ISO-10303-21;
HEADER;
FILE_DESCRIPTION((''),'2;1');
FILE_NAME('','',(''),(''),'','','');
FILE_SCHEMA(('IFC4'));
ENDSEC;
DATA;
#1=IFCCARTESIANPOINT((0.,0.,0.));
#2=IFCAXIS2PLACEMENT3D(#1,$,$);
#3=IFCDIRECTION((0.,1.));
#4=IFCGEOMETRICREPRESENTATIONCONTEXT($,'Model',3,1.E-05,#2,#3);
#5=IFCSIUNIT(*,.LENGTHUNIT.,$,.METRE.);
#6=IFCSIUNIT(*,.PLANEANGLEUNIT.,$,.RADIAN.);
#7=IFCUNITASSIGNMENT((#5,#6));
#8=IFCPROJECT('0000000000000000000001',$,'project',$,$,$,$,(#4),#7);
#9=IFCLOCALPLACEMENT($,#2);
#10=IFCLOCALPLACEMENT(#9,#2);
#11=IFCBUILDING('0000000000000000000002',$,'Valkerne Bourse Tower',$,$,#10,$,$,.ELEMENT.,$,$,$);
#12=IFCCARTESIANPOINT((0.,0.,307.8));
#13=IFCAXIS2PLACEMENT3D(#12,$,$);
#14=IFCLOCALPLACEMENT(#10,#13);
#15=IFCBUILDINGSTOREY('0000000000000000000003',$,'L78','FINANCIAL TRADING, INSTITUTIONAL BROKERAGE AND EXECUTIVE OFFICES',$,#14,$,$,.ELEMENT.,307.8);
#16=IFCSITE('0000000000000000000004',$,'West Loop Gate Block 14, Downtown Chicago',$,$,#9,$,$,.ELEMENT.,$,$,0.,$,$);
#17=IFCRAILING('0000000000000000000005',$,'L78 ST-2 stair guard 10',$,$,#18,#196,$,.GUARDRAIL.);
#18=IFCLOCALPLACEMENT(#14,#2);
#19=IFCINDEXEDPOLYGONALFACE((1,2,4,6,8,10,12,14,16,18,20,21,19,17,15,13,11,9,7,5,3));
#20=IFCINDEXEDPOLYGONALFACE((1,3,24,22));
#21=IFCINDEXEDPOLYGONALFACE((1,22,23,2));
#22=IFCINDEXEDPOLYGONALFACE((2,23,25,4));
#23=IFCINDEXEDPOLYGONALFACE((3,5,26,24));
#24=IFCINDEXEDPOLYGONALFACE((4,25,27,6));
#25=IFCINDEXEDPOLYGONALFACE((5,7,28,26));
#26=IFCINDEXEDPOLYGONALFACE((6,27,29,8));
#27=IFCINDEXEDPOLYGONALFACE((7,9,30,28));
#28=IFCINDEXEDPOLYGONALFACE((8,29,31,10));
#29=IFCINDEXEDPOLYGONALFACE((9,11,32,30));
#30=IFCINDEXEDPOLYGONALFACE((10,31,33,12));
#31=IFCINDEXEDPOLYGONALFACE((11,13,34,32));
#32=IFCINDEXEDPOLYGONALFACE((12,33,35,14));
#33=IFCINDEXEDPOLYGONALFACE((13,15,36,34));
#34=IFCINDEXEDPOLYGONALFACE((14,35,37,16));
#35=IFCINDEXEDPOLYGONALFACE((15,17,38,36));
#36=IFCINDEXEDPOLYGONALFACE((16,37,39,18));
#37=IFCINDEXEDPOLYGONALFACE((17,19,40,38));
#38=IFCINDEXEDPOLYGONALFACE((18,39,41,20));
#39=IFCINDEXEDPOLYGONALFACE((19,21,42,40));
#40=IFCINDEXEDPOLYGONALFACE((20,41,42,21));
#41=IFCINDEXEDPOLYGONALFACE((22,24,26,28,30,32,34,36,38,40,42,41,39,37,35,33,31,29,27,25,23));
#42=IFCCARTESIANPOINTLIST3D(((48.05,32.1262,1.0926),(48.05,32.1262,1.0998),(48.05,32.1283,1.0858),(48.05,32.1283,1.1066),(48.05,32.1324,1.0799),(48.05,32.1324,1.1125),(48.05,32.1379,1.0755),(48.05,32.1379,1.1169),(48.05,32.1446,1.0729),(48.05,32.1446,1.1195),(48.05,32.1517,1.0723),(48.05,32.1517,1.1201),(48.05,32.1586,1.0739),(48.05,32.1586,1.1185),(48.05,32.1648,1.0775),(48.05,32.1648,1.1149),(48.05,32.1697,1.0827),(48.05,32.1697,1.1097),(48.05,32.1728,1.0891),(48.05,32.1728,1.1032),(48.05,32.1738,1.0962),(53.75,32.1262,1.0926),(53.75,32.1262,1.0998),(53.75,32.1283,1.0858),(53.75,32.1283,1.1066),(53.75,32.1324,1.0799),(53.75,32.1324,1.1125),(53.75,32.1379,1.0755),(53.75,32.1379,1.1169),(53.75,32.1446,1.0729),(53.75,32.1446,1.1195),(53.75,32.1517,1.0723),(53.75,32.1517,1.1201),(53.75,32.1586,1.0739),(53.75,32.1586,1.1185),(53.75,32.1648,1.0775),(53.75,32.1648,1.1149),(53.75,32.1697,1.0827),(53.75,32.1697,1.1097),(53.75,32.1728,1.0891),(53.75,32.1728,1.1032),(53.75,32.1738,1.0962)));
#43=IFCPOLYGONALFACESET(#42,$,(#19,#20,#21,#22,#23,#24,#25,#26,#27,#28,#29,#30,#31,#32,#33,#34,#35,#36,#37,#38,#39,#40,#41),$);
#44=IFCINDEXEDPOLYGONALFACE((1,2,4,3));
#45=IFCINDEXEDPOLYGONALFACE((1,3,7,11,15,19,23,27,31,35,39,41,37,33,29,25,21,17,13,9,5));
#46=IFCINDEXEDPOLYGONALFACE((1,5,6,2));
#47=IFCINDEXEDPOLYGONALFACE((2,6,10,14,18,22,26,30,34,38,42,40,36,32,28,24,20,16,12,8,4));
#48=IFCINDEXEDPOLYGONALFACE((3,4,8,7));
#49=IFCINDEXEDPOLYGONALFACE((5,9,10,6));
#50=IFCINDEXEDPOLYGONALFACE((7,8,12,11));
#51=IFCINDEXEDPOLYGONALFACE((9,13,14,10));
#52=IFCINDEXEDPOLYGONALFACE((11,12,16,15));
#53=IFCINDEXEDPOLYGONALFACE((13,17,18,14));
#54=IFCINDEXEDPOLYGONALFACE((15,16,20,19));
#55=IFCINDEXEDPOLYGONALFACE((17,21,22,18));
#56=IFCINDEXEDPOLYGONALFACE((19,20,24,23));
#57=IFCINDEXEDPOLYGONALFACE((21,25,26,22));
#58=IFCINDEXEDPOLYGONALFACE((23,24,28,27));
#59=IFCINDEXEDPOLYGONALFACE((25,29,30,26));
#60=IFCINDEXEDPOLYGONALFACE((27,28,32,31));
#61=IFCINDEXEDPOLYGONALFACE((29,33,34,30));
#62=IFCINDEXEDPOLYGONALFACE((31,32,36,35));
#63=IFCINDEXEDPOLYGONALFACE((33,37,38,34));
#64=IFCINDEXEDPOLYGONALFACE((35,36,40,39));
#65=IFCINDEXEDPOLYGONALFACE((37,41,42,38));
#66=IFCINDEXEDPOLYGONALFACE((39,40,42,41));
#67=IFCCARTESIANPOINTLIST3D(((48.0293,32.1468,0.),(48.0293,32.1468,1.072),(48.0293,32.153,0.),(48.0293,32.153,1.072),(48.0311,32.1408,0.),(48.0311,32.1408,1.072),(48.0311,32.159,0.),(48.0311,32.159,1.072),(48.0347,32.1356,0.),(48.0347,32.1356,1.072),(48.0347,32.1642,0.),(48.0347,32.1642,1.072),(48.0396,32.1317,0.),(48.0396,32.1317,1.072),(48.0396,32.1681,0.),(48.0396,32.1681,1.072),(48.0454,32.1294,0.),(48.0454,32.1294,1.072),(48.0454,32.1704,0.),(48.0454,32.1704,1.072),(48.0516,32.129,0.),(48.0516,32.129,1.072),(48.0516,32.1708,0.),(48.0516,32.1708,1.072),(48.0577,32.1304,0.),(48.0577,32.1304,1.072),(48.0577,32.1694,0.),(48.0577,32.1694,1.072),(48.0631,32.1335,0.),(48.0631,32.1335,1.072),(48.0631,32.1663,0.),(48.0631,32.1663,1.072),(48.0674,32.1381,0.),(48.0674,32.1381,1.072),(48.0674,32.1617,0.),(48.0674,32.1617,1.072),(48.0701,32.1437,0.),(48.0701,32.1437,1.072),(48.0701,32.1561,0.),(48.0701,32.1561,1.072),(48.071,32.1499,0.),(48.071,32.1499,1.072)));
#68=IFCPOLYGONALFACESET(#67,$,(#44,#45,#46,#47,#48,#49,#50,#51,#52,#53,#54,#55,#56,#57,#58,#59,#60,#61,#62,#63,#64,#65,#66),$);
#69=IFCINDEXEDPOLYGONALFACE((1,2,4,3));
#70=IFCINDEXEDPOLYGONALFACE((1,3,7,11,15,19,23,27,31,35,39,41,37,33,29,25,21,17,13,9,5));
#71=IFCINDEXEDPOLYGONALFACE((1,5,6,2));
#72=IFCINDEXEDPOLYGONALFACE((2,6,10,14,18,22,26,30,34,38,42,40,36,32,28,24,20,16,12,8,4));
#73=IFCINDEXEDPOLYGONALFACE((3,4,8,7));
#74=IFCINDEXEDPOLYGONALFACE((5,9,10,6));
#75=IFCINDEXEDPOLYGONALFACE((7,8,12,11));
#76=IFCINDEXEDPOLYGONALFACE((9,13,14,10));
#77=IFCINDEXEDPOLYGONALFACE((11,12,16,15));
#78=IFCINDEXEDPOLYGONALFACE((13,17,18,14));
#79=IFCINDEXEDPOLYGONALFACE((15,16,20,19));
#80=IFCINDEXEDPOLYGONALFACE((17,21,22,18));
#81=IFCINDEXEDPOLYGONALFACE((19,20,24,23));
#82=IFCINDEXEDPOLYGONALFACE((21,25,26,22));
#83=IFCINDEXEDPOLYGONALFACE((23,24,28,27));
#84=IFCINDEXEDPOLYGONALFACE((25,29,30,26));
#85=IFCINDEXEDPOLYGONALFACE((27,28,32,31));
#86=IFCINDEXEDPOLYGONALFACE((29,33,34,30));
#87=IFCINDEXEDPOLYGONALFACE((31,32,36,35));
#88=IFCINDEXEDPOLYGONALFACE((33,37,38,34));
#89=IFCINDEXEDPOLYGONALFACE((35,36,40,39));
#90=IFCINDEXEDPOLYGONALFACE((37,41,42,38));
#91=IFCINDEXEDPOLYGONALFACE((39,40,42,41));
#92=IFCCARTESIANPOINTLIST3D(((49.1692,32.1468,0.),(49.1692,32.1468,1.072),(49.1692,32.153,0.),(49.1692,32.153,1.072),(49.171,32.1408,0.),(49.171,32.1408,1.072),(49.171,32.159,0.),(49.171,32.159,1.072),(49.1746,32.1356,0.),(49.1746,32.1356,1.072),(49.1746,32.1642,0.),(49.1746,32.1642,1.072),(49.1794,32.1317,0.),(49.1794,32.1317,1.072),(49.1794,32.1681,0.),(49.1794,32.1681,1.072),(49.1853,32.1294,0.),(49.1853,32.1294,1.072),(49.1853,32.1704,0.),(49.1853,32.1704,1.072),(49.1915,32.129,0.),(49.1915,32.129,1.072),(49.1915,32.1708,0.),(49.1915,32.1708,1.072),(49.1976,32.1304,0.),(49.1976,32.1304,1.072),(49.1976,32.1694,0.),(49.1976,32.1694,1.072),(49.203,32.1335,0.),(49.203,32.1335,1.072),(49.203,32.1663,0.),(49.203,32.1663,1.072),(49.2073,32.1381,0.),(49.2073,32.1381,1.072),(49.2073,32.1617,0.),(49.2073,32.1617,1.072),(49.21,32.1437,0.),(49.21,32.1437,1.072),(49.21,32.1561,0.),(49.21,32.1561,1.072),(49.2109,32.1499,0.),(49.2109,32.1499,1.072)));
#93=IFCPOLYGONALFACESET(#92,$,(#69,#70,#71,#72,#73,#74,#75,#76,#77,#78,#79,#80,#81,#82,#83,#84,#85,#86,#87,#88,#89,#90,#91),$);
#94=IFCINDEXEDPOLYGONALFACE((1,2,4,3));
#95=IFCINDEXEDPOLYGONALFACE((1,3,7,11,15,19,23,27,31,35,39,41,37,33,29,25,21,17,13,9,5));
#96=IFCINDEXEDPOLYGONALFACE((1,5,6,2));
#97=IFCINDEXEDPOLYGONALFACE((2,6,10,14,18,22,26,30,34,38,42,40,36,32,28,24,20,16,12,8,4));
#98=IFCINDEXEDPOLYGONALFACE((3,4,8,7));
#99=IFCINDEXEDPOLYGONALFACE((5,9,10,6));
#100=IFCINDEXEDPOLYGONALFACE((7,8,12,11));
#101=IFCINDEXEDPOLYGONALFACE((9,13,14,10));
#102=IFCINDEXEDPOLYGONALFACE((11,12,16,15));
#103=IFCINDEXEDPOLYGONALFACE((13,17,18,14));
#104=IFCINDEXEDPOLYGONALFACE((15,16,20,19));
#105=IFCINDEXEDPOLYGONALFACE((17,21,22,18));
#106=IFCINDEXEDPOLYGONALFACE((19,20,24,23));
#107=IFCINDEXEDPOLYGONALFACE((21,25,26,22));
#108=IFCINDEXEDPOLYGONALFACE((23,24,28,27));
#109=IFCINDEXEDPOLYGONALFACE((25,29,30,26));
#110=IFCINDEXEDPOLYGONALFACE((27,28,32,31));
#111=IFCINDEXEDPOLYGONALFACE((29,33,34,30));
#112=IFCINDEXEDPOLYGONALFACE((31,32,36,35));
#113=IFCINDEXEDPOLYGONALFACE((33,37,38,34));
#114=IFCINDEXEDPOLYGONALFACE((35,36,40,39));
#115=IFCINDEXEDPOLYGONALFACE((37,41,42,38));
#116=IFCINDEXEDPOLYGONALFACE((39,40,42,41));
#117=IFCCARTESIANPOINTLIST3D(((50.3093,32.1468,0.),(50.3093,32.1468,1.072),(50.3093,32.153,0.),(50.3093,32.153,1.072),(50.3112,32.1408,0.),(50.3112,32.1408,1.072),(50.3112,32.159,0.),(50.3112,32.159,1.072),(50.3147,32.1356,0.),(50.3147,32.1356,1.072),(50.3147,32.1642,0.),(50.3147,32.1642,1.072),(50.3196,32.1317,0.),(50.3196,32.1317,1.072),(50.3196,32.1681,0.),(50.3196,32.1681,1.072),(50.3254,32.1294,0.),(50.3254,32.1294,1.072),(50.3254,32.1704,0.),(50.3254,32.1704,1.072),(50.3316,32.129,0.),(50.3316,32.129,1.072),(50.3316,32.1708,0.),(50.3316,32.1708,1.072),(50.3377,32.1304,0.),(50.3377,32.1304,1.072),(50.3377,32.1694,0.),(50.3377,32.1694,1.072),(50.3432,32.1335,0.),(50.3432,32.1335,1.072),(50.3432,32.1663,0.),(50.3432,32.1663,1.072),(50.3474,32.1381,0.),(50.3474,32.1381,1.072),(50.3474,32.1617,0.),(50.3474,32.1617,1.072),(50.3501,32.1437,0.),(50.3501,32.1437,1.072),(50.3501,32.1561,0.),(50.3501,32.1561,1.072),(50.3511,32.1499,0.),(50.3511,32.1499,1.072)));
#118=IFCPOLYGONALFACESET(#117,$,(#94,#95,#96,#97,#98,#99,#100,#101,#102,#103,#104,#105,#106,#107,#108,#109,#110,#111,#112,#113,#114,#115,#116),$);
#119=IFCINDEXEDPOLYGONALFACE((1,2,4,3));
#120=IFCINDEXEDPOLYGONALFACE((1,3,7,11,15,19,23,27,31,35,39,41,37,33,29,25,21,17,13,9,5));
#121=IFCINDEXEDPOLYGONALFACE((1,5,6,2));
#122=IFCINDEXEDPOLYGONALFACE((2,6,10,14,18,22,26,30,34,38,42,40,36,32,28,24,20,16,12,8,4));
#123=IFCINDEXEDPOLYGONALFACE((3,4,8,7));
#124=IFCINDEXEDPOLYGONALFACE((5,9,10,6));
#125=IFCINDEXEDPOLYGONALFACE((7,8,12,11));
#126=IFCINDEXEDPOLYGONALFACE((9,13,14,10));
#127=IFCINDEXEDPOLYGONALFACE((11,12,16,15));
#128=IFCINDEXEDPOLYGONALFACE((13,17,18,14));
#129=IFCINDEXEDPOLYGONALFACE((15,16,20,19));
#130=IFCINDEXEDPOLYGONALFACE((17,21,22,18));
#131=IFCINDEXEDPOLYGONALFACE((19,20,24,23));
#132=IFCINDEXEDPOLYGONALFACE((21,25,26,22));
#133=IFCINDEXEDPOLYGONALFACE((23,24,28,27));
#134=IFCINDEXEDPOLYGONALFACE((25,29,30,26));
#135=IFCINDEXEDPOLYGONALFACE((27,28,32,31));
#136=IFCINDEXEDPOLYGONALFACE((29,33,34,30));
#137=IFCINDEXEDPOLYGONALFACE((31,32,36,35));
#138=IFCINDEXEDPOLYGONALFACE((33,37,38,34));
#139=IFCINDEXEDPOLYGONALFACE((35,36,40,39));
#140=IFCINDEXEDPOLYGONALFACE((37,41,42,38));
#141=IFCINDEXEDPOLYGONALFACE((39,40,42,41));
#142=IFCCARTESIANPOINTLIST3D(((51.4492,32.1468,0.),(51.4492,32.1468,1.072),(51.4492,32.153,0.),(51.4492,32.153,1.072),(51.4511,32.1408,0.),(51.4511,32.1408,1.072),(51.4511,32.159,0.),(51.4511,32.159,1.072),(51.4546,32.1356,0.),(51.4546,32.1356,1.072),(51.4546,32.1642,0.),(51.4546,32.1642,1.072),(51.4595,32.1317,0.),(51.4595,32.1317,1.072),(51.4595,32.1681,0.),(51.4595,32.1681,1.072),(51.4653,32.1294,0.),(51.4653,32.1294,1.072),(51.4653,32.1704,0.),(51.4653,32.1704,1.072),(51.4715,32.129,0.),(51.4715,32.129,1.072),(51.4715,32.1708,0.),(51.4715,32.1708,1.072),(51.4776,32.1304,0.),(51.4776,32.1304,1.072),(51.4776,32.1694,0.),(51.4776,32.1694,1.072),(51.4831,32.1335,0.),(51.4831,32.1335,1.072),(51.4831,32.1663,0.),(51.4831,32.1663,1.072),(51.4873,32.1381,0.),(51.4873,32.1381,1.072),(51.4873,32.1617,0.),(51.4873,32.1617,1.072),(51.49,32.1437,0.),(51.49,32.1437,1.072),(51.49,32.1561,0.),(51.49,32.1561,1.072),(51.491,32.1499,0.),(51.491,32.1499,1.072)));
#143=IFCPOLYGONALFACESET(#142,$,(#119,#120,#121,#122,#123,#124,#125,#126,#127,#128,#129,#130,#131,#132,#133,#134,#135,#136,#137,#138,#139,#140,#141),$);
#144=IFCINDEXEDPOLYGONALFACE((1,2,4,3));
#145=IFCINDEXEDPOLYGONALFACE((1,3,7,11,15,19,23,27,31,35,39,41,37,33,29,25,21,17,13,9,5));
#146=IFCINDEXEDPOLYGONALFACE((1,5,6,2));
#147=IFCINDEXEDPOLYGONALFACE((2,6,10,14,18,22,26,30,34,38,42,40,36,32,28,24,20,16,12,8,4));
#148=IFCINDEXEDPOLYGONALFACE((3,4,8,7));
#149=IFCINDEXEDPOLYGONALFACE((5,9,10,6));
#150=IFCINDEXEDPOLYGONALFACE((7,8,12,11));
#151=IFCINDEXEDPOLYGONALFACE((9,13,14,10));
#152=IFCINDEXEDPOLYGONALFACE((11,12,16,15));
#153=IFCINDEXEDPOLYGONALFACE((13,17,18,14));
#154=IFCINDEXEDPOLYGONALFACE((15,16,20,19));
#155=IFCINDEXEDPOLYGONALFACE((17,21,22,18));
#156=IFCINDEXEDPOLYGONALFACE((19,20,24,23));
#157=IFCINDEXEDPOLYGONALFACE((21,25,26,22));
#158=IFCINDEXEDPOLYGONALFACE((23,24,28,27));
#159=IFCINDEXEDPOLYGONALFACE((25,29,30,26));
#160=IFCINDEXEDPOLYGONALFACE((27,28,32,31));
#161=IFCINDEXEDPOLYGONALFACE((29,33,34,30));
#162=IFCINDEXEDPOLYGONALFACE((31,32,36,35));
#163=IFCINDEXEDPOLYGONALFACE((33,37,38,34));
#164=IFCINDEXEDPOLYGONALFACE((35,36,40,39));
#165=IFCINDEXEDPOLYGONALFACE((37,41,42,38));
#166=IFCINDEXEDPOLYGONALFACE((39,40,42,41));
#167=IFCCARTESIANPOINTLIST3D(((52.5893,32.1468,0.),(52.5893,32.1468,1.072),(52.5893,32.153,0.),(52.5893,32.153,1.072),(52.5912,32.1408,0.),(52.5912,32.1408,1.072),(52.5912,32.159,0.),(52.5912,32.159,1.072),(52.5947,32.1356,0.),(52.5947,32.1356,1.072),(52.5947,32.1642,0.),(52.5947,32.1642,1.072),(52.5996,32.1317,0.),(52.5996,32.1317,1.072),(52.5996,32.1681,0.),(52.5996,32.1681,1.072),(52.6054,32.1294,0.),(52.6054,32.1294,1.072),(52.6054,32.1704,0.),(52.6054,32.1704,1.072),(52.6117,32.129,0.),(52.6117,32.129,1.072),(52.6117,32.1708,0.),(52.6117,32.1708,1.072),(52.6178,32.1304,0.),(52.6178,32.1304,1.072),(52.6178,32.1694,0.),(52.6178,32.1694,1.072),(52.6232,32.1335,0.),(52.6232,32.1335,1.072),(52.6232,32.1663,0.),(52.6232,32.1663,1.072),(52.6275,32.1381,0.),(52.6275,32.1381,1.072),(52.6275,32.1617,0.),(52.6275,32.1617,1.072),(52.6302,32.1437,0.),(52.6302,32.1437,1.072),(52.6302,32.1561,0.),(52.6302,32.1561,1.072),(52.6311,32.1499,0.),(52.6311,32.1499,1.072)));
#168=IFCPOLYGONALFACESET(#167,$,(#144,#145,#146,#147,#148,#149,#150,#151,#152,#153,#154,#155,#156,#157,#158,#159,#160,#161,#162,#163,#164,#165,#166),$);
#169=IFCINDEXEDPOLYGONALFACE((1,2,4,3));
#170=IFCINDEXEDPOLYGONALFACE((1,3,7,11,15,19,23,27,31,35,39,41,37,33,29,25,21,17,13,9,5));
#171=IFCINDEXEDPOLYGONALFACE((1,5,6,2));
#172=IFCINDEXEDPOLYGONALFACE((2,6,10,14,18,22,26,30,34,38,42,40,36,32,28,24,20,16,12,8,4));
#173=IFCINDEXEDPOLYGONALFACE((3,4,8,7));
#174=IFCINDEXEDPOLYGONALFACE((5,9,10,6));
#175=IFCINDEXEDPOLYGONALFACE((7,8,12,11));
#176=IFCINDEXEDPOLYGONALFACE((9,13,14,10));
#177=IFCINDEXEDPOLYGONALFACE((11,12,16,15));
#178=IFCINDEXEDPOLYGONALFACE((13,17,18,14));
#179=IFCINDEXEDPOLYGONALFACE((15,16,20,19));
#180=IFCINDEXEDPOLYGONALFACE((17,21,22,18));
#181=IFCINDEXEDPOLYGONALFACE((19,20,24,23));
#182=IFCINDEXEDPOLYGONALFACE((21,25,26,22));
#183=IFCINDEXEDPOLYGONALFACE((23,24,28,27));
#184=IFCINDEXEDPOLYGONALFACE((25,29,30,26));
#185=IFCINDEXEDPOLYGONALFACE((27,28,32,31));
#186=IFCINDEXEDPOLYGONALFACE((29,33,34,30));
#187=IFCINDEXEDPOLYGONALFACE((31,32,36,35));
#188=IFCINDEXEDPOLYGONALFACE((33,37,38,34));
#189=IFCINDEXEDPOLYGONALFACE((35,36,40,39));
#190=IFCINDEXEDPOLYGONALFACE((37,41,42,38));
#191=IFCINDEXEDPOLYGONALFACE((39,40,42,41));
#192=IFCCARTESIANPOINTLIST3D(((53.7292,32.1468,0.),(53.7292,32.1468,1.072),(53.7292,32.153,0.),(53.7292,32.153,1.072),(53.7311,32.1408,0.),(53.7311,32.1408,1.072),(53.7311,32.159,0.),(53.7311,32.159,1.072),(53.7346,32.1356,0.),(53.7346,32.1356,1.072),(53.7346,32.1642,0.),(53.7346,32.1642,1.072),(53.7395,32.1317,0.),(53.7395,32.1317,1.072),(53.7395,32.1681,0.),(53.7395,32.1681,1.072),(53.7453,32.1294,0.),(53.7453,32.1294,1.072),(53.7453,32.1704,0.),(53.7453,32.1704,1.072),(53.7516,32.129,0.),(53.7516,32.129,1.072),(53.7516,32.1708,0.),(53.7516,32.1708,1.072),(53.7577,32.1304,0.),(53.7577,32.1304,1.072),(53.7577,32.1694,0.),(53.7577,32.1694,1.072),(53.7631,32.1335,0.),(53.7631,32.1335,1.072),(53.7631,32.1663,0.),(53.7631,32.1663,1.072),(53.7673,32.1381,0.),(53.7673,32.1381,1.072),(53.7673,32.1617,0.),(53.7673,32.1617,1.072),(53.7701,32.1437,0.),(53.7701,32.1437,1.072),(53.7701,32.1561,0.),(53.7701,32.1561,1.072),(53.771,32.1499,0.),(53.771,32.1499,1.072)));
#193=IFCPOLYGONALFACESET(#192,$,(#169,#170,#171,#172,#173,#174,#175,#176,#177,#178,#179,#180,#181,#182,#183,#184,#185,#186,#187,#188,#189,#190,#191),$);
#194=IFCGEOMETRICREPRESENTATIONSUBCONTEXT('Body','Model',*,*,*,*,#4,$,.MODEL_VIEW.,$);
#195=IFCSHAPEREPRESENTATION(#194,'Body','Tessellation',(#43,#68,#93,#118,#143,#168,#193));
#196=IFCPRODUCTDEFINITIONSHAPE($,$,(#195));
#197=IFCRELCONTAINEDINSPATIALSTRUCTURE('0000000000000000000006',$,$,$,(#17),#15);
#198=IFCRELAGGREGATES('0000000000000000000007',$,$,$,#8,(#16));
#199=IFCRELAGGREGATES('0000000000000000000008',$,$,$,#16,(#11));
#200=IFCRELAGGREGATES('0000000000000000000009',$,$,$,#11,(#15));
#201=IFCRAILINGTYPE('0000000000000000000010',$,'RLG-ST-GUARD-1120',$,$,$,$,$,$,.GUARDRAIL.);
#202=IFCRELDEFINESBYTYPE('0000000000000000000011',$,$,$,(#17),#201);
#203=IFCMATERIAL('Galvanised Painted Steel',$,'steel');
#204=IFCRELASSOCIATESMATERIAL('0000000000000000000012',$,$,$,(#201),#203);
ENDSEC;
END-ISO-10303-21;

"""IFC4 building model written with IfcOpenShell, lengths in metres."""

from ifc_helpers import new_model, si_unit, direction, frame, origin, origin_2d, place, context, subcontext, project, spatial, circle, extrude, material, type_object, element, save


model = new_model("IFC4")

# Units and contexts
model_context = context("Model", 3, precision=1e-05, world=origin(), true_north=direction((0.0, 1.0)))
body_context = subcontext(model_context, "Body", "Model", "MODEL_VIEW")
ifc_project = project(units=[si_unit("LENGTHUNIT", "METRE"), si_unit("PLANEANGLEUNIT", "RADIAN")], contexts=[model_context])

# Site, building, storey
site_placement = place(None, origin())
site = spatial("IfcSite", under=ifc_project, at=site_placement, Name="West Loop Gate Block 14, Downtown Chicago", CompositionType="ELEMENT", RefElevation=0.0)
building_placement = place(site_placement, origin())
building = spatial("IfcBuilding", under=site, at=building_placement, Name="Valkerne Bourse Tower", CompositionType="ELEMENT")
storey_placement = place(building_placement, frame((0.0, 0.0, 307.8)))
storey = spatial("IfcBuildingStorey", under=building, at=storey_placement, Name="L78", Description="FINANCIAL TRADING, INSTITUTIONAL BROKERAGE AND EXECUTIVE OFFICES", CompositionType="ELEMENT", Elevation=307.8)

# Shared definitions
ifc_material_1 = material(Name="Galvanised Painted Steel", Category="steel")

# Railing
railing_type_1 = type_object("IfcRailingType", Name="RLG-ST-GUARD-1120", PredefinedType="GUARDRAIL", material=ifc_material_1)
railing_1_placement = place(storey_placement, frame((48.05, 32.1499, 0.0)))
element("IfcRailing", 1, at=railing_1_placement, inside=storey, type_object=railing_type_1, Name="L78 ST-2 stair guard 10", PredefinedType="GUARDRAIL", context=body_context, shape_type="SweptSolid", body=[
    extrude(circle(Radius=0.0239, at=origin_2d()), frame((0.0, 0.0, 1.0962), z_axis=(1.0, 0.0, 0.0), x_axis=(0.0, 1.0, 0.0)), (0.0, 0.0, 1.0), 5.7),
    extrude(circle(Radius=0.021, at=origin_2d()), origin(), (0.0, 0.0, 1.0), 1.072),
    extrude(circle(Radius=0.021, at=origin_2d()), frame((1.1399, 0.0, 0.0)), (0.0, 0.0, 1.0), 1.072),
    extrude(circle(Radius=0.021, at=origin_2d()), frame((2.28, 0.0, 0.0)), (0.0, 0.0, 1.0), 1.072),
    extrude(circle(Radius=0.021, at=origin_2d()), frame((3.4199, 0.0, 0.0)), (0.0, 0.0, 1.0), 1.072),
    extrude(circle(Radius=0.021, at=origin_2d()), frame((4.5601, 0.0, 0.0)), (0.0, 0.0, 1.0), 1.072),
    extrude(circle(Radius=0.021, at=origin_2d()), frame((5.7, 0.0, 0.0)), (0.0, 0.0, 1.0), 1.072),
])

save(model, "model.ifc")
